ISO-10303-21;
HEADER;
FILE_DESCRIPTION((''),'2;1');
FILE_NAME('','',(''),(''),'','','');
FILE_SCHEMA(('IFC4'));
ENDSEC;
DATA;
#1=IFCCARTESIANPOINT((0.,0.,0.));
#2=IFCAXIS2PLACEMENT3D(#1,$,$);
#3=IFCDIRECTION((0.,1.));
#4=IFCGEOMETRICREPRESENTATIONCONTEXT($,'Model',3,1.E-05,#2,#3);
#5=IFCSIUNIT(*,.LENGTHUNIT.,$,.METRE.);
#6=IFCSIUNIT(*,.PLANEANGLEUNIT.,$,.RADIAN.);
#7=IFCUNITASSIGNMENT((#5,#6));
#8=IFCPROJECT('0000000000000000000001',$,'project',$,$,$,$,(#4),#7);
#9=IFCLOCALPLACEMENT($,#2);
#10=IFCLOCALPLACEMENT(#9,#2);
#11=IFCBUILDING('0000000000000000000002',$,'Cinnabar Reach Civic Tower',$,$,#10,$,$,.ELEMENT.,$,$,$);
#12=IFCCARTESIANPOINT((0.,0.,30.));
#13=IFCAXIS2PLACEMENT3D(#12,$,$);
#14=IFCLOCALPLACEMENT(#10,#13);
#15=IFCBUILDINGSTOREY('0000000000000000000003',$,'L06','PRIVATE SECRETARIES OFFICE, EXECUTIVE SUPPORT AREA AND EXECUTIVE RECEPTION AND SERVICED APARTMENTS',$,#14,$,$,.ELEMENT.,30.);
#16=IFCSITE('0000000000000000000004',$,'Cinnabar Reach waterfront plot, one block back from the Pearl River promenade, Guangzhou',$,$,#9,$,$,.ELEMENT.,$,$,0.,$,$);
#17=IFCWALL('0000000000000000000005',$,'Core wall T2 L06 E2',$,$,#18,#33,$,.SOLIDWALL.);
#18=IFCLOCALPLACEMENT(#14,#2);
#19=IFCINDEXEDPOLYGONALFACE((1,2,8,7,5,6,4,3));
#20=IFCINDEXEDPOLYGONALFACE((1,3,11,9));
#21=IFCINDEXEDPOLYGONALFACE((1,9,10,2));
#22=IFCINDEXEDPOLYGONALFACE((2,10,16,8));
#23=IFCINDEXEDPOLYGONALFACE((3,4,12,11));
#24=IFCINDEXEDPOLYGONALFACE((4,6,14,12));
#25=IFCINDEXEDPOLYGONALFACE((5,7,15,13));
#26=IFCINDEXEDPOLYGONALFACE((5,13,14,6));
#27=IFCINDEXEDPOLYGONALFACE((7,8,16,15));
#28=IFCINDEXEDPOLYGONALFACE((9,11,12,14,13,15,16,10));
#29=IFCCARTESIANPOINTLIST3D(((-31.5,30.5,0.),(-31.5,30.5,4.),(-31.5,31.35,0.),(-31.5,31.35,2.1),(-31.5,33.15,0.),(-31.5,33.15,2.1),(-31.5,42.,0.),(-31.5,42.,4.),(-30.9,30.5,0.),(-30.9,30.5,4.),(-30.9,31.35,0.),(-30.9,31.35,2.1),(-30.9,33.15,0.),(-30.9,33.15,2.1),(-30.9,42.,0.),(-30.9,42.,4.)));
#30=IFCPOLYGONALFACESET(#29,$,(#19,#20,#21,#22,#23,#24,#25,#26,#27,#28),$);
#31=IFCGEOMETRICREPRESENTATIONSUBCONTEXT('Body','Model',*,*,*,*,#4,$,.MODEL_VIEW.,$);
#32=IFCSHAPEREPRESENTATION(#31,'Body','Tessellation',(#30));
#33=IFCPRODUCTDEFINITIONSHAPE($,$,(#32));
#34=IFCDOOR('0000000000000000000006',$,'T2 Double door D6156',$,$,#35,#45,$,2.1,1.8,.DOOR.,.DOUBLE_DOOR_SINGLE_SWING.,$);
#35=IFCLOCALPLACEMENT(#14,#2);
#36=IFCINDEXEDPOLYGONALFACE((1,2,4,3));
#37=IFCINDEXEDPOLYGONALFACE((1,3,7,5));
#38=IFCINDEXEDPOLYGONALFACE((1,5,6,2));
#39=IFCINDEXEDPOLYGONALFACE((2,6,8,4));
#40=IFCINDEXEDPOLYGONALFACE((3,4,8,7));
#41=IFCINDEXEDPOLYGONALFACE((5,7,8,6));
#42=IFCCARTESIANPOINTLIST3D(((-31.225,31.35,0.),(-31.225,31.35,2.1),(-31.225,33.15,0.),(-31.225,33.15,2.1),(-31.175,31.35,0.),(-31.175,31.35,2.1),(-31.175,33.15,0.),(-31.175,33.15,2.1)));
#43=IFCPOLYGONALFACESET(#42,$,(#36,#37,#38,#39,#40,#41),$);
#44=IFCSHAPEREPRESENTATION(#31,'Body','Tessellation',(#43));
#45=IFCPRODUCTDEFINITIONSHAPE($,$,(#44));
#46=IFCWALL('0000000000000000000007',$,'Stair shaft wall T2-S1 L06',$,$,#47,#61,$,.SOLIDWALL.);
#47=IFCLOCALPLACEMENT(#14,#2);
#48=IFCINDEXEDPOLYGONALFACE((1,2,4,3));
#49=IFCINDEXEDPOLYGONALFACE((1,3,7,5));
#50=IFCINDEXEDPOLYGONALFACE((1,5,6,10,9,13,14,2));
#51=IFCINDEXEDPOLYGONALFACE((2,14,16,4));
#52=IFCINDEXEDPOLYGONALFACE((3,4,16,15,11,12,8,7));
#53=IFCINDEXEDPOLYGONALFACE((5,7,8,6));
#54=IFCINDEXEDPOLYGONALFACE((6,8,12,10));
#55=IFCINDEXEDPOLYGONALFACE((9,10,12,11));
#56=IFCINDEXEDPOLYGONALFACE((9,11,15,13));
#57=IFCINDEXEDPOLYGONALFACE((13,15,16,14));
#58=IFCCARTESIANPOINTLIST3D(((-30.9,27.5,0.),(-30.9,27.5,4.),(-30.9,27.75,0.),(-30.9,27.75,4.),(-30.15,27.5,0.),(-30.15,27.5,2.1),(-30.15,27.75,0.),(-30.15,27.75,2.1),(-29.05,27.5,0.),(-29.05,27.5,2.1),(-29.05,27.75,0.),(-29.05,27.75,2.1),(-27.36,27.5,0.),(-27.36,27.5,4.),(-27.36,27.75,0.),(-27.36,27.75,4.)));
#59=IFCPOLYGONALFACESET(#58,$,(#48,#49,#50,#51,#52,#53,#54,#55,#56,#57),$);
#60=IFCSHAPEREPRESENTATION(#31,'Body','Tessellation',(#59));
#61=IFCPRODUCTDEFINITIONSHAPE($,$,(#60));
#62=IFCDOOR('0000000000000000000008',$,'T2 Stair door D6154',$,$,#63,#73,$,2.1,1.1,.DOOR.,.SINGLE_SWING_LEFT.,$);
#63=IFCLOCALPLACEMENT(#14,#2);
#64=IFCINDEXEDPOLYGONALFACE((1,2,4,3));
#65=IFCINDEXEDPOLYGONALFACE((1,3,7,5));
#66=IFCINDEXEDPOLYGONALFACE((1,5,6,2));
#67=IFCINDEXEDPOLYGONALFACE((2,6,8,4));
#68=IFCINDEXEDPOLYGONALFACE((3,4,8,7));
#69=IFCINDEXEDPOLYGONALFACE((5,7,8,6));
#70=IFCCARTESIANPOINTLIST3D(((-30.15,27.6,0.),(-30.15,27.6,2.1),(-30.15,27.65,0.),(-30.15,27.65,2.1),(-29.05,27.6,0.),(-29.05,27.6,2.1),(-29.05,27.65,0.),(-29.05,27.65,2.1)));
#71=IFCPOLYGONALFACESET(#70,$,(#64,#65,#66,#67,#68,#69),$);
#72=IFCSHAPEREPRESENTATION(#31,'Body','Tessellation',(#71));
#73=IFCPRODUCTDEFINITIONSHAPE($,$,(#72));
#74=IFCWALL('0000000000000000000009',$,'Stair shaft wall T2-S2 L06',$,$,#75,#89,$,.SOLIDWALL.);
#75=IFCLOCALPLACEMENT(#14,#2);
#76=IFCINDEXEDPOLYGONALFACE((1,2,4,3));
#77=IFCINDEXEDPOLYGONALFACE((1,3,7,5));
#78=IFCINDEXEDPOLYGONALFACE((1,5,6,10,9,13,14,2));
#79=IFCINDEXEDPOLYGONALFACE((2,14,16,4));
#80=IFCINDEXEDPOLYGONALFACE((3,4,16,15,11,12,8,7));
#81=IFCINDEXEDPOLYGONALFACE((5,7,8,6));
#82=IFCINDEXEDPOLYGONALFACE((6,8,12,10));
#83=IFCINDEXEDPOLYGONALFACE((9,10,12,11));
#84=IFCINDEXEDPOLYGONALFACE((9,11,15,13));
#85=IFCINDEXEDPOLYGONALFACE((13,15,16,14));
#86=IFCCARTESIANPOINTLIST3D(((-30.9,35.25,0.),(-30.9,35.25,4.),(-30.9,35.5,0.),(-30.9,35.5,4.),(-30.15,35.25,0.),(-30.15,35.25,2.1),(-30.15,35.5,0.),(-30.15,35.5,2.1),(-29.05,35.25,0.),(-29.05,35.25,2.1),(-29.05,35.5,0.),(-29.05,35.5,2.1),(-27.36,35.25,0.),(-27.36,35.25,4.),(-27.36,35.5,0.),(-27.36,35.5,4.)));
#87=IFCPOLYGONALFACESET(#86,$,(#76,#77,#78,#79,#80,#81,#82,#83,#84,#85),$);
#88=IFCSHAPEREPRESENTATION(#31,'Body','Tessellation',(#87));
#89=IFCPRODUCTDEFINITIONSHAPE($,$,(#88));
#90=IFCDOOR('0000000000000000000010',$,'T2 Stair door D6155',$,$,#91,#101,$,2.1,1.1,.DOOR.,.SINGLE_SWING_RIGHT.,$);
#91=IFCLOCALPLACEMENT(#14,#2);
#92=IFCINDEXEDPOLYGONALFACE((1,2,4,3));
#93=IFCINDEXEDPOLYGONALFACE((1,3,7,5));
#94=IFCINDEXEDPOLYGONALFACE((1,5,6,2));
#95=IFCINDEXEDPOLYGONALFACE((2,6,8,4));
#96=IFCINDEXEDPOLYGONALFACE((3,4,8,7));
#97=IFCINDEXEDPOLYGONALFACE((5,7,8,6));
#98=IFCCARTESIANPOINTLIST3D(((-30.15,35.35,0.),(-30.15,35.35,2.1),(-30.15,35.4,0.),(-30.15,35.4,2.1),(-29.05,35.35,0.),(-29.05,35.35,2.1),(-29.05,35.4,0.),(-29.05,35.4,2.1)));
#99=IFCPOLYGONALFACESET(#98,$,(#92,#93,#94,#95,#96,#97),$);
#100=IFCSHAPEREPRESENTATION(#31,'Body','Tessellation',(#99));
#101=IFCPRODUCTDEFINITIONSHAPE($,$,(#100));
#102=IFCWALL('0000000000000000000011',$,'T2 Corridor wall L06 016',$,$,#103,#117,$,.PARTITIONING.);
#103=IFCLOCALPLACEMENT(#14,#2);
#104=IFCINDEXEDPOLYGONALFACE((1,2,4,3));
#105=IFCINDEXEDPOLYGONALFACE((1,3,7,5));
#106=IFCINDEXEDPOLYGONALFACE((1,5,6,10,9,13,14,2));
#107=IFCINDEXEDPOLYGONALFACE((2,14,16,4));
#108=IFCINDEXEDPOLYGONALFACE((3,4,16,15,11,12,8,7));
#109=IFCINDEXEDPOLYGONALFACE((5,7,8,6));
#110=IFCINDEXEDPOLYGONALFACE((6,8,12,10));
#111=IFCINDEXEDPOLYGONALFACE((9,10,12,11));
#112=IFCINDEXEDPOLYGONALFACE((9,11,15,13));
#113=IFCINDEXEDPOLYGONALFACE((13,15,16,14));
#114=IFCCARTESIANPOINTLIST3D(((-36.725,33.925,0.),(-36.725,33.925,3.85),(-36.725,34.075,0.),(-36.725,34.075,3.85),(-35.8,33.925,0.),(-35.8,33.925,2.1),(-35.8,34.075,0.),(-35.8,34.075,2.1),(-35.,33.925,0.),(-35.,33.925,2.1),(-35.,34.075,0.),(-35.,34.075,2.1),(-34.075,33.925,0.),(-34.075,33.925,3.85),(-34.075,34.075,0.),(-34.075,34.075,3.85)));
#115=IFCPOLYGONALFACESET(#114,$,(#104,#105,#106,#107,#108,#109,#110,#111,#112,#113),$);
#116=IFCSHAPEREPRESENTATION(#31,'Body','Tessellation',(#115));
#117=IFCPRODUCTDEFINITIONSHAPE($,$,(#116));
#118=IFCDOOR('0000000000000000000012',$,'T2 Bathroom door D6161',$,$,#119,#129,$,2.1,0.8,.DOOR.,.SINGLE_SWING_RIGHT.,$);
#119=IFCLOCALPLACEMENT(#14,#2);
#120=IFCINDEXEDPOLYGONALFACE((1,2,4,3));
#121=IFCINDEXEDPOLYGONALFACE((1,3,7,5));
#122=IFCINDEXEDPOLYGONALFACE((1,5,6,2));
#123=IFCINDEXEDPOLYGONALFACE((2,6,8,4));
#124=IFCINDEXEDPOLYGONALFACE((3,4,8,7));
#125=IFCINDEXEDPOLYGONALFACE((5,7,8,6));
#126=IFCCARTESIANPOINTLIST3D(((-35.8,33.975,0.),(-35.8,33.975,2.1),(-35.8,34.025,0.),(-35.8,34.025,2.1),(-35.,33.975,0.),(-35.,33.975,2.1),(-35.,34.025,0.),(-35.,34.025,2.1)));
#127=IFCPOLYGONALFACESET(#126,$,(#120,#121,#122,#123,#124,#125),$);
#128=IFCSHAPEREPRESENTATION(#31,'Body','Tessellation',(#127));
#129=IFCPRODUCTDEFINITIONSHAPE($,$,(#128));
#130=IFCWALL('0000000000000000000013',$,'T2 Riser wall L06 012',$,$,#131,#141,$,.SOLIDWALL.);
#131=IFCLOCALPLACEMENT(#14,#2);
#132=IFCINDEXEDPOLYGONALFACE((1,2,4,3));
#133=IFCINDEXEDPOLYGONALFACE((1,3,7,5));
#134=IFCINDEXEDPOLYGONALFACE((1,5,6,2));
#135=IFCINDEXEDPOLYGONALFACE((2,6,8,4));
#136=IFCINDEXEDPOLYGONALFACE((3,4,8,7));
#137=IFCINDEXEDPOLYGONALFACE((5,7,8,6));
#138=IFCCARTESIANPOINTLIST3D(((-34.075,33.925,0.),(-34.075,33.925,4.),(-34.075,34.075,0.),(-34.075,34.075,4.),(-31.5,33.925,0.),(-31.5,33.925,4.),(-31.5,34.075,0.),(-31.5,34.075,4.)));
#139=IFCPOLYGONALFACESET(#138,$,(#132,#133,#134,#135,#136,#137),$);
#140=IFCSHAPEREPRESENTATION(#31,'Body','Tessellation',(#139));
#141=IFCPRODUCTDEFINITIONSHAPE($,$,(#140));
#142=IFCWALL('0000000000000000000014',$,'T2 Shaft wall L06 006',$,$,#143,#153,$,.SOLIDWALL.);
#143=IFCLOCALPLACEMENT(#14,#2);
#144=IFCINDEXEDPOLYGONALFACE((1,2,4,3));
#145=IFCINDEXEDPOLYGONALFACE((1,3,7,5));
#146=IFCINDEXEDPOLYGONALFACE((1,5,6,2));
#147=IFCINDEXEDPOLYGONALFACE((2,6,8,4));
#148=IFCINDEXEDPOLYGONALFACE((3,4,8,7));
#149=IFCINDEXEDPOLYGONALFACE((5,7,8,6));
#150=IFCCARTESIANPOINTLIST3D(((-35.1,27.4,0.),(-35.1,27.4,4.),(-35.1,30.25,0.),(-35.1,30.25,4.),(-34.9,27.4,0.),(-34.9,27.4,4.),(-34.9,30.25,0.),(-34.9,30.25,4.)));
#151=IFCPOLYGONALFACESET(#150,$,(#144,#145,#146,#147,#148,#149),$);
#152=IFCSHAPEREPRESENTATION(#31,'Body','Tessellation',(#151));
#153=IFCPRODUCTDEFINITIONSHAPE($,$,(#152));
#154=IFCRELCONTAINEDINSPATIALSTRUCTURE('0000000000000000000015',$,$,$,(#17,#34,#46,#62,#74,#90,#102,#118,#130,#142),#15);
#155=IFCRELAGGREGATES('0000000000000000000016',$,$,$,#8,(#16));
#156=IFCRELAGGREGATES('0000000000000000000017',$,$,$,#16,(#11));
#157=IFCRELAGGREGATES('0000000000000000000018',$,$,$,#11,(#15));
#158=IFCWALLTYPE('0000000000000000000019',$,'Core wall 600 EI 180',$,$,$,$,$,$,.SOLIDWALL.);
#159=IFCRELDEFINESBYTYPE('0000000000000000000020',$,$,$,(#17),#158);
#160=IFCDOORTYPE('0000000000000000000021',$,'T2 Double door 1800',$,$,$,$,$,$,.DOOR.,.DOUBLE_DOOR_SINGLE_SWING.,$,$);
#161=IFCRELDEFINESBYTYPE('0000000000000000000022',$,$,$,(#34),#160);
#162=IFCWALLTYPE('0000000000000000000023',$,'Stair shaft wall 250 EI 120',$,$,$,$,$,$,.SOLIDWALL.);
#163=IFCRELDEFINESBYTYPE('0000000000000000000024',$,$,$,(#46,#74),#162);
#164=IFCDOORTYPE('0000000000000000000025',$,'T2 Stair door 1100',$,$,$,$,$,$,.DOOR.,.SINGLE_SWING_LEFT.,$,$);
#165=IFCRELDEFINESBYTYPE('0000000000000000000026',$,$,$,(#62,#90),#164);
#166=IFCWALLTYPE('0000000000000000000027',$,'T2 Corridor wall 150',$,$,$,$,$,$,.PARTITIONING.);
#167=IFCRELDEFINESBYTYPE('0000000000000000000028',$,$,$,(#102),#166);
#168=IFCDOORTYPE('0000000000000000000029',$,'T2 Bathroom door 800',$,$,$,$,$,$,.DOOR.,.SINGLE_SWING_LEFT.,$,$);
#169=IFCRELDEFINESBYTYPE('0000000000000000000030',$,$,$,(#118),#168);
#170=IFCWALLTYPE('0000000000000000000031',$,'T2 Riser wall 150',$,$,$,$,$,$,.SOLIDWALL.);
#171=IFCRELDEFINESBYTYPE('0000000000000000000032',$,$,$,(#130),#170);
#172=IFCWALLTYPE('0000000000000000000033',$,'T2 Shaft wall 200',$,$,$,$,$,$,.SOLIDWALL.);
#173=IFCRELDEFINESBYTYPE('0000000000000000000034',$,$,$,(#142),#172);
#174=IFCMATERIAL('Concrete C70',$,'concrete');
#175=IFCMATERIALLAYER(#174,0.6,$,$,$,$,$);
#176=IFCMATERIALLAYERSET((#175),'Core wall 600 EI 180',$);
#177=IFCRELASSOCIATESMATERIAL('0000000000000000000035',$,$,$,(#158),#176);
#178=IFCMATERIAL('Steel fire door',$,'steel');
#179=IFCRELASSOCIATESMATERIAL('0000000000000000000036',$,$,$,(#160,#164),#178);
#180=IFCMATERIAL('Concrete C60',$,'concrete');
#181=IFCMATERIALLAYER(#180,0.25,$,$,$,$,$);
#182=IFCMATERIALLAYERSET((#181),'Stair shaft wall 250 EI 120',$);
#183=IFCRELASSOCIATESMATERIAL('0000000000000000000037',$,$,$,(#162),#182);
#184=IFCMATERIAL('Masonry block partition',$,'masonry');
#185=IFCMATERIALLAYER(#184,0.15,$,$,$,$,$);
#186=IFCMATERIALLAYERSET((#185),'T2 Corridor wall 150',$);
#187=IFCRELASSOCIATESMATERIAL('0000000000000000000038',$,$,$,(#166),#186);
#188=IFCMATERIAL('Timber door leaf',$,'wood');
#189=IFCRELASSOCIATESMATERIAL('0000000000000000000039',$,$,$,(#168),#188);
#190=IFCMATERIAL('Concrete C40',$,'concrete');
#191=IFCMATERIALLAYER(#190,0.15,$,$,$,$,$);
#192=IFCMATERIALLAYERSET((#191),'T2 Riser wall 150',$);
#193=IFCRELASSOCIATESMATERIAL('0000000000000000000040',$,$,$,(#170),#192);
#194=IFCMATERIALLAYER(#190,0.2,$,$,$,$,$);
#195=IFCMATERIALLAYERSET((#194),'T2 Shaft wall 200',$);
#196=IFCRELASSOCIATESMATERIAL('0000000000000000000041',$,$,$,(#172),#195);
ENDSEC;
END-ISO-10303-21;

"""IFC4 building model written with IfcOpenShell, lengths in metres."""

from ifc_helpers import new_model, si_unit, direction, frame, frame_2d, origin, place, context, subcontext, project, spatial, rectangle, extrude, material, layer, layer_set, type_object, element, fill, save


model = new_model("IFC4")

# Units and contexts
model_context = context("Model", 3, precision=1e-05, world=origin(), true_north=direction((0.0, 1.0)))
body_context = subcontext(model_context, "Body", "Model", "MODEL_VIEW")
ifc_project = project(units=[si_unit("LENGTHUNIT", "METRE"), si_unit("PLANEANGLEUNIT", "RADIAN")], contexts=[model_context])

# Site, building, storey
site_placement = place(None, origin())
site = spatial("IfcSite", under=ifc_project, at=site_placement, Name="Cinnabar Reach waterfront plot, one block back from the Pearl River promenade, Guangzhou", CompositionType="ELEMENT", RefElevation=0.0)
building_placement = place(site_placement, origin())
building = spatial("IfcBuilding", under=site, at=building_placement, Name="Cinnabar Reach Civic Tower", CompositionType="ELEMENT")
storey_placement = place(building_placement, frame((0.0, 0.0, 30.0)))
storey = spatial("IfcBuildingStorey", under=building, at=storey_placement, Name="L06", Description="PRIVATE SECRETARIES OFFICE, EXECUTIVE SUPPORT AREA AND EXECUTIVE RECEPTION AND SERVICED APARTMENTS", CompositionType="ELEMENT", Elevation=30.0)

# Shared definitions
ifc_material_1 = material(Name="Concrete C70", Category="concrete")

# Walls, openings, doors
ifc_layer_1 = layer(ifc_material_1, 0.6)
ifc_layer_set_1 = layer_set([ifc_layer_1], Name="Core wall 600 EI 180")
wall_type_1 = type_object("IfcWallType", Name="Core wall 600 EI 180", PredefinedType="SOLIDWALL", material=ifc_layer_set_1)
wall_1_placement = place(storey_placement, frame((-31.2, 30.5, 0.0), z_axis=(0.0, 0.0, 1.0), x_axis=(0.0, 1.0, 0.0)))
wall_1 = element("IfcWall", 1, at=wall_1_placement, inside=storey, type_object=wall_type_1, Name="Core wall T2 L06 E2", PredefinedType="SOLIDWALL", context=body_context, shape_type="SweptSolid", body=[
    extrude(rectangle(XDim=11.5, YDim=0.6, at=frame_2d((5.75, 0.0))), origin(), (0.0, 0.0, 1.0), 4.0),
])
opening_1_placement = place(wall_1_placement, frame((0.85, 0.0, 0.0)))
opening_1 = element("IfcOpeningElement", 2, at=opening_1_placement, cuts=wall_1, PredefinedType="OPENING", context=body_context, shape_type="SweptSolid", body=[
    extrude(rectangle(XDim=1.8, YDim=2.1, at=frame_2d((0.9, 1.05))), frame((0.0, 0.31, 0.0), z_axis=(0.0, -1.0, 0.0), x_axis=(1.0, 0.0, 0.0)), (0.0, 0.0, 1.0), 0.62),
])
ifc_material_2 = material(Name="Steel fire door", Category="steel")
door_type_1 = type_object("IfcDoorType", Name="T2 Double door 1800", OperationType="DOUBLE_DOOR_SINGLE_SWING", PredefinedType="DOOR", material=ifc_material_2)
door_1_placement = place(opening_1_placement, origin())
door_1 = element("IfcDoor", 3, at=door_1_placement, inside=storey, type_object=door_type_1, Name="T2 Double door D6156", OperationType="DOUBLE_DOOR_SINGLE_SWING", OverallHeight=2.1, OverallWidth=1.8, PredefinedType="DOOR", context=body_context, shape_type="SweptSolid", body=[
    extrude(rectangle(XDim=1.8, YDim=2.1, at=frame_2d((0.9, 1.05))), frame((0.0, 0.025, 0.0), z_axis=(0.0, -1.0, 0.0), x_axis=(1.0, 0.0, 0.0)), (0.0, 0.0, 1.0), 0.05),
])
fill(opening_1, door_1)
ifc_material_3 = material(Name="Concrete C60", Category="concrete")
ifc_layer_2 = layer(ifc_material_3, 0.25)
ifc_layer_set_2 = layer_set([ifc_layer_2], Name="Stair shaft wall 250 EI 120")
wall_type_2 = type_object("IfcWallType", Name="Stair shaft wall 250 EI 120", PredefinedType="SOLIDWALL", material=ifc_layer_set_2)
wall_2_placement = place(storey_placement, frame((-27.36, 27.625, 0.0), z_axis=(0.0, 0.0, 1.0), x_axis=(-1.0, 0.0, 0.0)))
wall_2 = element("IfcWall", 4, at=wall_2_placement, inside=storey, type_object=wall_type_2, Name="Stair shaft wall T2-S1 L06", PredefinedType="SOLIDWALL", context=body_context, shape_type="SweptSolid", body=[
    extrude(rectangle(XDim=3.54, YDim=0.25, at=frame_2d((1.77, 0.0))), origin(), (0.0, 0.0, 1.0), 4.0),
])
opening_2_placement = place(wall_2_placement, frame((1.69, 0.0, 0.0)))
opening_2 = element("IfcOpeningElement", 5, at=opening_2_placement, cuts=wall_2, PredefinedType="OPENING", context=body_context, shape_type="SweptSolid", body=[
    extrude(rectangle(XDim=1.1, YDim=2.1, at=frame_2d((0.55, 1.05))), frame((0.0, 0.135, 0.0), z_axis=(0.0, -1.0, 0.0), x_axis=(1.0, 0.0, 0.0)), (0.0, 0.0, 1.0), 0.27),
])
door_type_2 = type_object("IfcDoorType", Name="T2 Stair door 1100", OperationType="SINGLE_SWING_LEFT", PredefinedType="DOOR", material=ifc_material_2)
door_2_placement = place(opening_2_placement, origin())
door_2 = element("IfcDoor", 6, at=door_2_placement, inside=storey, type_object=door_type_2, Name="T2 Stair door D6154", OperationType="SINGLE_SWING_LEFT", OverallHeight=2.1, OverallWidth=1.1, PredefinedType="DOOR", context=body_context, shape_type="SweptSolid", body=[
    extrude(rectangle(XDim=1.1, YDim=2.1, at=frame_2d((0.55, 1.05))), frame((0.0, 0.025, 0.0), z_axis=(0.0, -1.0, 0.0), x_axis=(1.0, 0.0, 0.0)), (0.0, 0.0, 1.0), 0.05),
])
fill(opening_2, door_2)
wall_3_placement = place(storey_placement, frame((-30.9, 35.375, 0.0), z_axis=(0.0, 0.0, 1.0), x_axis=(1.0, 0.0, 0.0)))
wall_3 = element("IfcWall", 7, at=wall_3_placement, inside=storey, type_object=wall_type_2, Name="Stair shaft wall T2-S2 L06", PredefinedType="SOLIDWALL", context=body_context, shape_type="SweptSolid", body=[
    extrude(rectangle(XDim=3.54, YDim=0.25, at=frame_2d((1.77, 0.0))), origin(), (0.0, 0.0, 1.0), 4.0),
])
opening_3_placement = place(wall_3_placement, frame((0.75, 0.0, 0.0)))
opening_3 = element("IfcOpeningElement", 8, at=opening_3_placement, cuts=wall_3, PredefinedType="OPENING", context=body_context, shape_type="SweptSolid", body=[
    extrude(rectangle(XDim=1.1, YDim=2.1, at=frame_2d((0.55, 1.05))), frame((0.0, 0.135, 0.0), z_axis=(0.0, -1.0, 0.0), x_axis=(1.0, 0.0, 0.0)), (0.0, 0.0, 1.0), 0.27),
])
door_3_placement = place(opening_3_placement, origin())
door_3 = element("IfcDoor", 9, at=door_3_placement, inside=storey, type_object=door_type_2, Name="T2 Stair door D6155", OperationType="SINGLE_SWING_RIGHT", OverallHeight=2.1, OverallWidth=1.1, PredefinedType="DOOR", context=body_context, shape_type="SweptSolid", body=[
    extrude(rectangle(XDim=1.1, YDim=2.1, at=frame_2d((0.55, 1.05))), frame((0.0, 0.025, 0.0), z_axis=(0.0, -1.0, 0.0), x_axis=(1.0, 0.0, 0.0)), (0.0, 0.0, 1.0), 0.05),
])
fill(opening_3, door_3)
ifc_material_4 = material(Name="Masonry block partition", Category="masonry")
ifc_layer_3 = layer(ifc_material_4, 0.15)
ifc_layer_set_3 = layer_set([ifc_layer_3], Name="T2 Corridor wall 150")
wall_type_3 = type_object("IfcWallType", Name="T2 Corridor wall 150", PredefinedType="PARTITIONING", material=ifc_layer_set_3)
wall_4_placement = place(storey_placement, frame((-34.075, 34.0, 0.0), z_axis=(0.0, 0.0, 1.0), x_axis=(-1.0, 0.0, 0.0)))
wall_4 = element("IfcWall", 10, at=wall_4_placement, inside=storey, type_object=wall_type_3, Name="T2 Corridor wall L06 016", PredefinedType="PARTITIONING", context=body_context, shape_type="SweptSolid", body=[
    extrude(rectangle(XDim=2.65, YDim=0.15, at=frame_2d((1.325, 0.0))), origin(), (0.0, 0.0, 1.0), 3.85),
])
opening_4_placement = place(wall_4_placement, frame((0.925, 0.0, 0.0)))
opening_4 = element("IfcOpeningElement", 11, at=opening_4_placement, cuts=wall_4, PredefinedType="OPENING", context=body_context, shape_type="SweptSolid", body=[
    extrude(rectangle(XDim=0.8, YDim=2.1, at=frame_2d((0.4, 1.05))), frame((0.0, 0.085, 0.0), z_axis=(0.0, -1.0, 0.0), x_axis=(1.0, 0.0, 0.0)), (0.0, 0.0, 1.0), 0.17),
])
ifc_material_5 = material(Name="Timber door leaf", Category="wood")
door_type_3 = type_object("IfcDoorType", Name="T2 Bathroom door 800", OperationType="SINGLE_SWING_LEFT", PredefinedType="DOOR", material=ifc_material_5)
door_4_placement = place(opening_4_placement, frame((0.8, 0.0, 0.0), z_axis=(0.0, 0.0, 1.0), x_axis=(-1.0, 0.0, 0.0)))
door_4 = element("IfcDoor", 12, at=door_4_placement, inside=storey, type_object=door_type_3, Name="T2 Bathroom door D6161", OperationType="SINGLE_SWING_RIGHT", OverallHeight=2.1, OverallWidth=0.8, PredefinedType="DOOR", context=body_context, shape_type="SweptSolid", body=[
    extrude(rectangle(XDim=0.8, YDim=2.1, at=frame_2d((0.4, 1.05))), frame((0.0, 0.025, 0.0), z_axis=(0.0, -1.0, 0.0), x_axis=(1.0, 0.0, 0.0)), (0.0, 0.0, 1.0), 0.05),
])
fill(opening_4, door_4)

# Walls
ifc_material_6 = material(Name="Concrete C40", Category="concrete")
ifc_layer_4 = layer(ifc_material_6, 0.15)
ifc_layer_set_4 = layer_set([ifc_layer_4], Name="T2 Riser wall 150")
wall_type_4 = type_object("IfcWallType", Name="T2 Riser wall 150", PredefinedType="SOLIDWALL", material=ifc_layer_set_4)
wall_5_placement = place(storey_placement, frame((-34.075, 34.0, 0.0), z_axis=(0.0, 0.0, 1.0), x_axis=(1.0, 0.0, 0.0)))
element("IfcWall", 13, at=wall_5_placement, inside=storey, type_object=wall_type_4, Name="T2 Riser wall L06 012", PredefinedType="SOLIDWALL", context=body_context, shape_type="SweptSolid", body=[
    extrude(rectangle(XDim=2.575, YDim=0.15, at=frame_2d((1.2875, 0.0))), origin(), (0.0, 0.0, 1.0), 4.0),
])
ifc_layer_5 = layer(ifc_material_6, 0.2)
ifc_layer_set_5 = layer_set([ifc_layer_5], Name="T2 Shaft wall 200")
wall_type_5 = type_object("IfcWallType", Name="T2 Shaft wall 200", PredefinedType="SOLIDWALL", material=ifc_layer_set_5)
wall_6_placement = place(storey_placement, frame((-35.0, 27.4, 0.0), z_axis=(0.0, 0.0, 1.0), x_axis=(0.0, 1.0, 0.0)))
element("IfcWall", 14, at=wall_6_placement, inside=storey, type_object=wall_type_5, Name="T2 Shaft wall L06 006", PredefinedType="SOLIDWALL", context=body_context, shape_type="SweptSolid", body=[
    extrude(rectangle(XDim=2.85, YDim=0.2, at=frame_2d((1.425, 0.0))), origin(), (0.0, 0.0, 1.0), 4.0),
])

save(model, "model.ifc")
